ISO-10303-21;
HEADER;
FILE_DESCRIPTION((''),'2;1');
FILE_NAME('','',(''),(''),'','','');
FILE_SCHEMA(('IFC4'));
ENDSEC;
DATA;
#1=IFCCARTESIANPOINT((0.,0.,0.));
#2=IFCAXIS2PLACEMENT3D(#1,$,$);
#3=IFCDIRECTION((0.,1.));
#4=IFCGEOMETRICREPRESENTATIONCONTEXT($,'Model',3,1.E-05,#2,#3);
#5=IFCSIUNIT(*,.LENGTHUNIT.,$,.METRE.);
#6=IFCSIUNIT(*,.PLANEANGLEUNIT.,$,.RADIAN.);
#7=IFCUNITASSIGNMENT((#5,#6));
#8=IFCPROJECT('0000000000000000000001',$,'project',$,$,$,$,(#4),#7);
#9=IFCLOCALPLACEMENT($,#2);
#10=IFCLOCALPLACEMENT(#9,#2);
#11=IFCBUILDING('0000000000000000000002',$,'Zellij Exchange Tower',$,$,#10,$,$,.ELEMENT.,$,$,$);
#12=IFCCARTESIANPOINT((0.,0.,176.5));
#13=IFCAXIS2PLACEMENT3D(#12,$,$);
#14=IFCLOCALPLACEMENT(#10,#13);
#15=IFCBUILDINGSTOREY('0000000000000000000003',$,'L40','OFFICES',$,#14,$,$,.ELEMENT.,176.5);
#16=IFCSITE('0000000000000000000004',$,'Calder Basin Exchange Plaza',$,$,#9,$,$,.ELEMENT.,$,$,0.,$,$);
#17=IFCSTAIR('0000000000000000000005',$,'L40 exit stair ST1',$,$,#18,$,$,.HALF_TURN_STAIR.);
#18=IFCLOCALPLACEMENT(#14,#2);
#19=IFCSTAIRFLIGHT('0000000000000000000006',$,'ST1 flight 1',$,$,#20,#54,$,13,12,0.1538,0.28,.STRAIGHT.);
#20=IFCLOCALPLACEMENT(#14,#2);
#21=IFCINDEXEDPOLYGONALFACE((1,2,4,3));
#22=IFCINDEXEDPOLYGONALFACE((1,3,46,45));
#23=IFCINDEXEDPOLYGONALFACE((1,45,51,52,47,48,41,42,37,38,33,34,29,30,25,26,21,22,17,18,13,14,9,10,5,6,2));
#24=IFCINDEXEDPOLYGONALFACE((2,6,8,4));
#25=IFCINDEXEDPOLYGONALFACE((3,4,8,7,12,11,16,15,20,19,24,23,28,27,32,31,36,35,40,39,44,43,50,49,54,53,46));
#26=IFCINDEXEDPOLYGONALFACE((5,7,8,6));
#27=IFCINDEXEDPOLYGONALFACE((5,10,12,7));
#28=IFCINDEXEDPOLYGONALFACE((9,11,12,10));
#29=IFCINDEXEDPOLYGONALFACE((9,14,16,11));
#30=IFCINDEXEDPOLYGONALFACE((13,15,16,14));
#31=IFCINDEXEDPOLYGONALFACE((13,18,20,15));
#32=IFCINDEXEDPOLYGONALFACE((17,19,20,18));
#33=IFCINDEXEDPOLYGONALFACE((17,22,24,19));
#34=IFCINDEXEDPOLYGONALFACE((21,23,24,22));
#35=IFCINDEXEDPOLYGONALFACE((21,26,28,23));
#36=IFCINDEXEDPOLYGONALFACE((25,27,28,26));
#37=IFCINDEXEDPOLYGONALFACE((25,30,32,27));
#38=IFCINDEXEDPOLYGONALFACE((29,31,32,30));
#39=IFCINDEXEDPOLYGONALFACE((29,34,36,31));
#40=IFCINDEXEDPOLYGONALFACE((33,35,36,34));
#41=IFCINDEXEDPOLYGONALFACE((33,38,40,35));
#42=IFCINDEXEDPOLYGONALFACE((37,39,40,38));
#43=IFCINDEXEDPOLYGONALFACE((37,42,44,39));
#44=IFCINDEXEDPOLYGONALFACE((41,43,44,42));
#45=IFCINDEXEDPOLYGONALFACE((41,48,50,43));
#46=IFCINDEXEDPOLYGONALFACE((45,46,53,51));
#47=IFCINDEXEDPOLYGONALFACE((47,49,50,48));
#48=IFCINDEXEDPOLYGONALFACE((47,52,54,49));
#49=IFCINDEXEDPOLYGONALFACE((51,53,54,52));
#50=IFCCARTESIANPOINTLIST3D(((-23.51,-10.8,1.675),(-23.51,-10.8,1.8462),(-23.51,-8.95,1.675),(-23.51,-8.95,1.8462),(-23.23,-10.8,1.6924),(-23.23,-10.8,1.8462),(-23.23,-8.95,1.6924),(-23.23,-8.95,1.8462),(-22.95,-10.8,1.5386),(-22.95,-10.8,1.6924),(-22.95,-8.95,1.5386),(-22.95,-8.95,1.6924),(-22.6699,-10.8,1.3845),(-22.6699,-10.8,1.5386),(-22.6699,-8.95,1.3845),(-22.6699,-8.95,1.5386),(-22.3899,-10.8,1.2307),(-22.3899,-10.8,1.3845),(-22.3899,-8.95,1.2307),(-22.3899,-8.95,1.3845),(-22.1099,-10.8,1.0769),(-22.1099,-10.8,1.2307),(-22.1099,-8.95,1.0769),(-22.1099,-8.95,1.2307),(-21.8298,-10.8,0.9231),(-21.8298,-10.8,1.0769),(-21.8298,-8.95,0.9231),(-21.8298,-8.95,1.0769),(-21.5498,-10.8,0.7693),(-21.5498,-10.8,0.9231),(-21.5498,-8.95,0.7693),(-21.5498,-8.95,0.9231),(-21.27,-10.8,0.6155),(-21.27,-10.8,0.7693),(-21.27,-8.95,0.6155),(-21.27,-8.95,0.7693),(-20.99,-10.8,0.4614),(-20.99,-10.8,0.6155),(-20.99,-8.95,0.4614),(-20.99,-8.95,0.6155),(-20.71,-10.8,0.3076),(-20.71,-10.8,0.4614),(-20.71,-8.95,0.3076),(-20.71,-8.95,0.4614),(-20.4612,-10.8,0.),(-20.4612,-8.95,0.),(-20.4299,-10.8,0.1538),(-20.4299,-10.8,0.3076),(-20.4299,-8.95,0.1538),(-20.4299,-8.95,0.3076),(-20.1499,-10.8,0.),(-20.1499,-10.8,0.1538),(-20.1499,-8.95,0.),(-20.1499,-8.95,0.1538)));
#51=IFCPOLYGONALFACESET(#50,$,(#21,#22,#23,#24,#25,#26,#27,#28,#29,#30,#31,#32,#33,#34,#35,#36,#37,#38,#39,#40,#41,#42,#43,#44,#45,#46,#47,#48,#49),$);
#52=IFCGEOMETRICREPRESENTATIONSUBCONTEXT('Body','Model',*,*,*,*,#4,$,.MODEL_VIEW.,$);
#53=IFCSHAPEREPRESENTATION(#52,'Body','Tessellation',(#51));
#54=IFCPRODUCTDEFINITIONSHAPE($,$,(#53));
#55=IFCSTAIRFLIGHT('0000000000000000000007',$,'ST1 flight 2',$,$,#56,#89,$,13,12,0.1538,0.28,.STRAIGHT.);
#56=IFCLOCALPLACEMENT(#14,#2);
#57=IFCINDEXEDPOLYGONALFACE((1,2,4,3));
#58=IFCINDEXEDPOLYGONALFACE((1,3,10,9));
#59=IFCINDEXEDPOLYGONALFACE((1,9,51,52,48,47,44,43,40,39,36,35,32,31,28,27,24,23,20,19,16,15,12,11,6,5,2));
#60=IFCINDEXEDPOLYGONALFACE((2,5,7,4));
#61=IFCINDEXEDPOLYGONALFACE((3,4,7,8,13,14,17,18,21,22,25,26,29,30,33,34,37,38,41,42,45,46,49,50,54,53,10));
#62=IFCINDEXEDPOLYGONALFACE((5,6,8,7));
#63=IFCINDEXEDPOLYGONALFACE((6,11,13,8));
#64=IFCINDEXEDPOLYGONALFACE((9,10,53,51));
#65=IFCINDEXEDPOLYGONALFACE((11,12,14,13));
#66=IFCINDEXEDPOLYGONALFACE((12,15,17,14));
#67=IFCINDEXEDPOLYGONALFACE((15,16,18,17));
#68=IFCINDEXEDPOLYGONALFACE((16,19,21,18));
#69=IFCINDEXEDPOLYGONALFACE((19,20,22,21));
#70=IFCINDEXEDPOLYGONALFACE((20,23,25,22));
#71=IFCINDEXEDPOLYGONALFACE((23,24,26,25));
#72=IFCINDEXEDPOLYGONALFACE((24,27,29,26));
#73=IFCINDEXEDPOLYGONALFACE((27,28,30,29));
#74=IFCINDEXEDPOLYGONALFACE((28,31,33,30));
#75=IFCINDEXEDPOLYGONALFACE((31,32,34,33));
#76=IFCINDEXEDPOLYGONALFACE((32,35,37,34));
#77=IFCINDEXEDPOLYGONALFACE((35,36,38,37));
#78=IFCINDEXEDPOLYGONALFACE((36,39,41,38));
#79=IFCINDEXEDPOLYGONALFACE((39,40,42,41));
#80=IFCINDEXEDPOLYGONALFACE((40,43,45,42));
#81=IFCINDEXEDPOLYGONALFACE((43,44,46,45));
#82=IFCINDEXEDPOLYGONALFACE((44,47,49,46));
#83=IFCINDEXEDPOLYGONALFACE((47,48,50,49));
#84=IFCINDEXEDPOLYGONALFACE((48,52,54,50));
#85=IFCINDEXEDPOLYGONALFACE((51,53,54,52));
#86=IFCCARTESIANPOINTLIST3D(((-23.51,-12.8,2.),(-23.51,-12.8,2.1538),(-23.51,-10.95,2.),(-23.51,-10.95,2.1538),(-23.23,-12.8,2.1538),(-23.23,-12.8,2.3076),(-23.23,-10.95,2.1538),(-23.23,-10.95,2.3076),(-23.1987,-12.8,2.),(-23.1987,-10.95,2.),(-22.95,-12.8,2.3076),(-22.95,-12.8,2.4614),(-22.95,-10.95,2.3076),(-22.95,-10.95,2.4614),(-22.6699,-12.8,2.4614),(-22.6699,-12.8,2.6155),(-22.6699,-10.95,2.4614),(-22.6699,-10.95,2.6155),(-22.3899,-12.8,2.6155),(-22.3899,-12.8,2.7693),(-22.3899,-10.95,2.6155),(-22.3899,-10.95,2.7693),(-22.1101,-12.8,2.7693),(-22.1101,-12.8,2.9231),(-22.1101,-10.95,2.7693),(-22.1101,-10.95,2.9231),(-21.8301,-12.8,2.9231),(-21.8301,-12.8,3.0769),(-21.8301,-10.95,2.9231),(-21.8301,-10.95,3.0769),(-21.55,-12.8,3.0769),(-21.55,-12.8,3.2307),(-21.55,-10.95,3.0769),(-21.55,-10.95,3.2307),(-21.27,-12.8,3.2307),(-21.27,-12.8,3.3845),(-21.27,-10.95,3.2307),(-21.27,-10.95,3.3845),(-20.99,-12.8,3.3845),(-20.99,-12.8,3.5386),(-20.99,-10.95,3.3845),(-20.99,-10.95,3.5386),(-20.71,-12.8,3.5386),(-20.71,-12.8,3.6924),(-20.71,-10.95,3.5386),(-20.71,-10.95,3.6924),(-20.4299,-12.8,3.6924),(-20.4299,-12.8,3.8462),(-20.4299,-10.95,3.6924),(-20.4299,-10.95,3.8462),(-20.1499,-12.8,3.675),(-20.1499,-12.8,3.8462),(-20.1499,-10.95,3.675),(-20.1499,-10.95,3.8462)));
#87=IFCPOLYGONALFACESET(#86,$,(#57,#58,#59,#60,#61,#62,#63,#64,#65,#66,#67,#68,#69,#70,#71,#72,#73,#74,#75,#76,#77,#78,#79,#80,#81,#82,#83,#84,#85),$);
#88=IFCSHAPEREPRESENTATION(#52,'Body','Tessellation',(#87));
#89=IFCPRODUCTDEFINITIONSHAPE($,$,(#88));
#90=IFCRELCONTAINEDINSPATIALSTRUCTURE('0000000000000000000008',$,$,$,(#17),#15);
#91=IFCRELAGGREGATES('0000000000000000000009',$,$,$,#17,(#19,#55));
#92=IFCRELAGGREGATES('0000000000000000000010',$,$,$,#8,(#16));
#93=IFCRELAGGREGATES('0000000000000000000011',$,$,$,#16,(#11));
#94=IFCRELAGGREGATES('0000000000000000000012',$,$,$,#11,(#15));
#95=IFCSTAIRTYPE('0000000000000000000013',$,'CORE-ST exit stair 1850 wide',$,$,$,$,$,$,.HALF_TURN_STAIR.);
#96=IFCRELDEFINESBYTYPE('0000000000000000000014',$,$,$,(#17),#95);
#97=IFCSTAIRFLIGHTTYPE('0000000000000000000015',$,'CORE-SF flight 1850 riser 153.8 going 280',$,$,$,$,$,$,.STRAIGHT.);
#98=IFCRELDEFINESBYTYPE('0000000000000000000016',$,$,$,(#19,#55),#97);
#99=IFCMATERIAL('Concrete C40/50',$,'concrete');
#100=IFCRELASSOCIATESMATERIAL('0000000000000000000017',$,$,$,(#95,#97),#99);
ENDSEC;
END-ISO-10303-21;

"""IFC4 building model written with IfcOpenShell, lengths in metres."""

from ifc_helpers import new_model, si_unit, direction, frame, origin, place, context, subcontext, project, spatial, polyline, outline, extrude, material, type_object, element, aggregate, save


model = new_model("IFC4")

# Units and contexts
model_context = context("Model", 3, precision=1e-05, world=origin(), true_north=direction((0.0, 1.0)))
body_context = subcontext(model_context, "Body", "Model", "MODEL_VIEW")
ifc_project = project(units=[si_unit("LENGTHUNIT", "METRE"), si_unit("PLANEANGLEUNIT", "RADIAN")], contexts=[model_context])

# Site, building, storey
site_placement = place(None, origin())
site = spatial("IfcSite", under=ifc_project, at=site_placement, Name="Calder Basin Exchange Plaza", CompositionType="ELEMENT", RefElevation=0.0)
building_placement = place(site_placement, origin())
building = spatial("IfcBuilding", under=site, at=building_placement, Name="Zellij Exchange Tower", CompositionType="ELEMENT")
storey_placement = place(building_placement, frame((0.0, 0.0, 176.5)))
storey = spatial("IfcBuildingStorey", under=building, at=storey_placement, Name="L40", Description="OFFICES", CompositionType="ELEMENT", Elevation=176.5)

# Stair, stair flights
ifc_material_1 = material(Name="Concrete C40/50", Category="concrete")
stair_type = type_object("IfcStairType", Name="CORE-ST exit stair 1850 wide", PredefinedType="HALF_TURN_STAIR", material=ifc_material_1)
stair_placement = place(storey_placement, origin())
stair = element("IfcStair", 1, at=stair_placement, inside=storey, type_object=stair_type, Name="L40 exit stair ST1", PredefinedType="HALF_TURN_STAIR")
stair_flight_type = type_object("IfcStairFlightType", Name="CORE-SF flight 1850 riser 153.8 going 280", PredefinedType="STRAIGHT", material=ifc_material_1)
stair_flight_1_placement = place(storey_placement, frame((-20.1499, -9.875, 0.0), z_axis=(0.0, 0.0, 1.0), x_axis=(-1.0, 0.0, 0.0)))
stair_flight_1 = element("IfcStairFlight", 2, at=stair_flight_1_placement, type_object=stair_flight_type, Name="ST1 flight 1", NumberOfRisers=13, NumberOfTreads=12, PredefinedType="STRAIGHT", RiserHeight=0.1538, TreadLength=0.28, context=body_context, shape_type="SweptSolid", body=[
    extrude(outline(polyline([(0.0, 0.0), (0.0, 0.1538), (0.28, 0.1538), (0.28, 0.3076), (0.5601, 0.3076), (0.5601, 0.4614), (0.8401, 0.4614), (0.8401, 0.6155), (1.1201, 0.6155), (1.1201, 0.7693), (1.3999, 0.7693), (1.3999, 0.9231), (1.6799, 0.9231), (1.6799, 1.0769), (1.96, 1.0769), (1.96, 1.2307), (2.24, 1.2307), (2.24, 1.3845), (2.52, 1.3845), (2.52, 1.5386), (2.8, 1.5386), (2.8, 1.6924), (3.0801, 1.6924), (3.0801, 1.8462), (3.3601, 1.8462), (3.3601, 2.0), (3.3601, 1.675), (0.3113, 0.0), (0.0, 0.0)])), frame((0.0, 0.925, 0.0), z_axis=(0.0, -1.0, 0.0), x_axis=(1.0, 0.0, 0.0)), (0.0, 0.0, 1.0), 1.8501),
])
stair_flight_2_placement = place(storey_placement, frame((-23.51, -11.875, 2.0), z_axis=(0.0, 0.0, 1.0), x_axis=(1.0, 0.0, 0.0)))
stair_flight_2 = element("IfcStairFlight", 3, at=stair_flight_2_placement, type_object=stair_flight_type, Name="ST1 flight 2", NumberOfRisers=13, NumberOfTreads=12, PredefinedType="STRAIGHT", RiserHeight=0.1538, TreadLength=0.28, context=body_context, shape_type="SweptSolid", body=[
    extrude(outline(polyline([(0.0, 0.0), (0.0, 0.1538), (0.28, 0.1538), (0.28, 0.3076), (0.5601, 0.3076), (0.5601, 0.4614), (0.8401, 0.4614), (0.8401, 0.6155), (1.1201, 0.6155), (1.1201, 0.7693), (1.3999, 0.7693), (1.3999, 0.9231), (1.6799, 0.9231), (1.6799, 1.0769), (1.96, 1.0769), (1.96, 1.2307), (2.24, 1.2307), (2.24, 1.3845), (2.52, 1.3845), (2.52, 1.5386), (2.8, 1.5386), (2.8, 1.6924), (3.0801, 1.6924), (3.0801, 1.8462), (3.3601, 1.8462), (3.3601, 2.0), (3.3601, 1.675), (0.3113, 0.0), (0.0, 0.0)])), frame((0.0, 0.925, 0.0), z_axis=(0.0, -1.0, 0.0), x_axis=(1.0, 0.0, 0.0)), (0.0, 0.0, 1.0), 1.8501),
])
aggregate(stair, [stair_flight_1, stair_flight_2])

save(model, "model.ifc")
